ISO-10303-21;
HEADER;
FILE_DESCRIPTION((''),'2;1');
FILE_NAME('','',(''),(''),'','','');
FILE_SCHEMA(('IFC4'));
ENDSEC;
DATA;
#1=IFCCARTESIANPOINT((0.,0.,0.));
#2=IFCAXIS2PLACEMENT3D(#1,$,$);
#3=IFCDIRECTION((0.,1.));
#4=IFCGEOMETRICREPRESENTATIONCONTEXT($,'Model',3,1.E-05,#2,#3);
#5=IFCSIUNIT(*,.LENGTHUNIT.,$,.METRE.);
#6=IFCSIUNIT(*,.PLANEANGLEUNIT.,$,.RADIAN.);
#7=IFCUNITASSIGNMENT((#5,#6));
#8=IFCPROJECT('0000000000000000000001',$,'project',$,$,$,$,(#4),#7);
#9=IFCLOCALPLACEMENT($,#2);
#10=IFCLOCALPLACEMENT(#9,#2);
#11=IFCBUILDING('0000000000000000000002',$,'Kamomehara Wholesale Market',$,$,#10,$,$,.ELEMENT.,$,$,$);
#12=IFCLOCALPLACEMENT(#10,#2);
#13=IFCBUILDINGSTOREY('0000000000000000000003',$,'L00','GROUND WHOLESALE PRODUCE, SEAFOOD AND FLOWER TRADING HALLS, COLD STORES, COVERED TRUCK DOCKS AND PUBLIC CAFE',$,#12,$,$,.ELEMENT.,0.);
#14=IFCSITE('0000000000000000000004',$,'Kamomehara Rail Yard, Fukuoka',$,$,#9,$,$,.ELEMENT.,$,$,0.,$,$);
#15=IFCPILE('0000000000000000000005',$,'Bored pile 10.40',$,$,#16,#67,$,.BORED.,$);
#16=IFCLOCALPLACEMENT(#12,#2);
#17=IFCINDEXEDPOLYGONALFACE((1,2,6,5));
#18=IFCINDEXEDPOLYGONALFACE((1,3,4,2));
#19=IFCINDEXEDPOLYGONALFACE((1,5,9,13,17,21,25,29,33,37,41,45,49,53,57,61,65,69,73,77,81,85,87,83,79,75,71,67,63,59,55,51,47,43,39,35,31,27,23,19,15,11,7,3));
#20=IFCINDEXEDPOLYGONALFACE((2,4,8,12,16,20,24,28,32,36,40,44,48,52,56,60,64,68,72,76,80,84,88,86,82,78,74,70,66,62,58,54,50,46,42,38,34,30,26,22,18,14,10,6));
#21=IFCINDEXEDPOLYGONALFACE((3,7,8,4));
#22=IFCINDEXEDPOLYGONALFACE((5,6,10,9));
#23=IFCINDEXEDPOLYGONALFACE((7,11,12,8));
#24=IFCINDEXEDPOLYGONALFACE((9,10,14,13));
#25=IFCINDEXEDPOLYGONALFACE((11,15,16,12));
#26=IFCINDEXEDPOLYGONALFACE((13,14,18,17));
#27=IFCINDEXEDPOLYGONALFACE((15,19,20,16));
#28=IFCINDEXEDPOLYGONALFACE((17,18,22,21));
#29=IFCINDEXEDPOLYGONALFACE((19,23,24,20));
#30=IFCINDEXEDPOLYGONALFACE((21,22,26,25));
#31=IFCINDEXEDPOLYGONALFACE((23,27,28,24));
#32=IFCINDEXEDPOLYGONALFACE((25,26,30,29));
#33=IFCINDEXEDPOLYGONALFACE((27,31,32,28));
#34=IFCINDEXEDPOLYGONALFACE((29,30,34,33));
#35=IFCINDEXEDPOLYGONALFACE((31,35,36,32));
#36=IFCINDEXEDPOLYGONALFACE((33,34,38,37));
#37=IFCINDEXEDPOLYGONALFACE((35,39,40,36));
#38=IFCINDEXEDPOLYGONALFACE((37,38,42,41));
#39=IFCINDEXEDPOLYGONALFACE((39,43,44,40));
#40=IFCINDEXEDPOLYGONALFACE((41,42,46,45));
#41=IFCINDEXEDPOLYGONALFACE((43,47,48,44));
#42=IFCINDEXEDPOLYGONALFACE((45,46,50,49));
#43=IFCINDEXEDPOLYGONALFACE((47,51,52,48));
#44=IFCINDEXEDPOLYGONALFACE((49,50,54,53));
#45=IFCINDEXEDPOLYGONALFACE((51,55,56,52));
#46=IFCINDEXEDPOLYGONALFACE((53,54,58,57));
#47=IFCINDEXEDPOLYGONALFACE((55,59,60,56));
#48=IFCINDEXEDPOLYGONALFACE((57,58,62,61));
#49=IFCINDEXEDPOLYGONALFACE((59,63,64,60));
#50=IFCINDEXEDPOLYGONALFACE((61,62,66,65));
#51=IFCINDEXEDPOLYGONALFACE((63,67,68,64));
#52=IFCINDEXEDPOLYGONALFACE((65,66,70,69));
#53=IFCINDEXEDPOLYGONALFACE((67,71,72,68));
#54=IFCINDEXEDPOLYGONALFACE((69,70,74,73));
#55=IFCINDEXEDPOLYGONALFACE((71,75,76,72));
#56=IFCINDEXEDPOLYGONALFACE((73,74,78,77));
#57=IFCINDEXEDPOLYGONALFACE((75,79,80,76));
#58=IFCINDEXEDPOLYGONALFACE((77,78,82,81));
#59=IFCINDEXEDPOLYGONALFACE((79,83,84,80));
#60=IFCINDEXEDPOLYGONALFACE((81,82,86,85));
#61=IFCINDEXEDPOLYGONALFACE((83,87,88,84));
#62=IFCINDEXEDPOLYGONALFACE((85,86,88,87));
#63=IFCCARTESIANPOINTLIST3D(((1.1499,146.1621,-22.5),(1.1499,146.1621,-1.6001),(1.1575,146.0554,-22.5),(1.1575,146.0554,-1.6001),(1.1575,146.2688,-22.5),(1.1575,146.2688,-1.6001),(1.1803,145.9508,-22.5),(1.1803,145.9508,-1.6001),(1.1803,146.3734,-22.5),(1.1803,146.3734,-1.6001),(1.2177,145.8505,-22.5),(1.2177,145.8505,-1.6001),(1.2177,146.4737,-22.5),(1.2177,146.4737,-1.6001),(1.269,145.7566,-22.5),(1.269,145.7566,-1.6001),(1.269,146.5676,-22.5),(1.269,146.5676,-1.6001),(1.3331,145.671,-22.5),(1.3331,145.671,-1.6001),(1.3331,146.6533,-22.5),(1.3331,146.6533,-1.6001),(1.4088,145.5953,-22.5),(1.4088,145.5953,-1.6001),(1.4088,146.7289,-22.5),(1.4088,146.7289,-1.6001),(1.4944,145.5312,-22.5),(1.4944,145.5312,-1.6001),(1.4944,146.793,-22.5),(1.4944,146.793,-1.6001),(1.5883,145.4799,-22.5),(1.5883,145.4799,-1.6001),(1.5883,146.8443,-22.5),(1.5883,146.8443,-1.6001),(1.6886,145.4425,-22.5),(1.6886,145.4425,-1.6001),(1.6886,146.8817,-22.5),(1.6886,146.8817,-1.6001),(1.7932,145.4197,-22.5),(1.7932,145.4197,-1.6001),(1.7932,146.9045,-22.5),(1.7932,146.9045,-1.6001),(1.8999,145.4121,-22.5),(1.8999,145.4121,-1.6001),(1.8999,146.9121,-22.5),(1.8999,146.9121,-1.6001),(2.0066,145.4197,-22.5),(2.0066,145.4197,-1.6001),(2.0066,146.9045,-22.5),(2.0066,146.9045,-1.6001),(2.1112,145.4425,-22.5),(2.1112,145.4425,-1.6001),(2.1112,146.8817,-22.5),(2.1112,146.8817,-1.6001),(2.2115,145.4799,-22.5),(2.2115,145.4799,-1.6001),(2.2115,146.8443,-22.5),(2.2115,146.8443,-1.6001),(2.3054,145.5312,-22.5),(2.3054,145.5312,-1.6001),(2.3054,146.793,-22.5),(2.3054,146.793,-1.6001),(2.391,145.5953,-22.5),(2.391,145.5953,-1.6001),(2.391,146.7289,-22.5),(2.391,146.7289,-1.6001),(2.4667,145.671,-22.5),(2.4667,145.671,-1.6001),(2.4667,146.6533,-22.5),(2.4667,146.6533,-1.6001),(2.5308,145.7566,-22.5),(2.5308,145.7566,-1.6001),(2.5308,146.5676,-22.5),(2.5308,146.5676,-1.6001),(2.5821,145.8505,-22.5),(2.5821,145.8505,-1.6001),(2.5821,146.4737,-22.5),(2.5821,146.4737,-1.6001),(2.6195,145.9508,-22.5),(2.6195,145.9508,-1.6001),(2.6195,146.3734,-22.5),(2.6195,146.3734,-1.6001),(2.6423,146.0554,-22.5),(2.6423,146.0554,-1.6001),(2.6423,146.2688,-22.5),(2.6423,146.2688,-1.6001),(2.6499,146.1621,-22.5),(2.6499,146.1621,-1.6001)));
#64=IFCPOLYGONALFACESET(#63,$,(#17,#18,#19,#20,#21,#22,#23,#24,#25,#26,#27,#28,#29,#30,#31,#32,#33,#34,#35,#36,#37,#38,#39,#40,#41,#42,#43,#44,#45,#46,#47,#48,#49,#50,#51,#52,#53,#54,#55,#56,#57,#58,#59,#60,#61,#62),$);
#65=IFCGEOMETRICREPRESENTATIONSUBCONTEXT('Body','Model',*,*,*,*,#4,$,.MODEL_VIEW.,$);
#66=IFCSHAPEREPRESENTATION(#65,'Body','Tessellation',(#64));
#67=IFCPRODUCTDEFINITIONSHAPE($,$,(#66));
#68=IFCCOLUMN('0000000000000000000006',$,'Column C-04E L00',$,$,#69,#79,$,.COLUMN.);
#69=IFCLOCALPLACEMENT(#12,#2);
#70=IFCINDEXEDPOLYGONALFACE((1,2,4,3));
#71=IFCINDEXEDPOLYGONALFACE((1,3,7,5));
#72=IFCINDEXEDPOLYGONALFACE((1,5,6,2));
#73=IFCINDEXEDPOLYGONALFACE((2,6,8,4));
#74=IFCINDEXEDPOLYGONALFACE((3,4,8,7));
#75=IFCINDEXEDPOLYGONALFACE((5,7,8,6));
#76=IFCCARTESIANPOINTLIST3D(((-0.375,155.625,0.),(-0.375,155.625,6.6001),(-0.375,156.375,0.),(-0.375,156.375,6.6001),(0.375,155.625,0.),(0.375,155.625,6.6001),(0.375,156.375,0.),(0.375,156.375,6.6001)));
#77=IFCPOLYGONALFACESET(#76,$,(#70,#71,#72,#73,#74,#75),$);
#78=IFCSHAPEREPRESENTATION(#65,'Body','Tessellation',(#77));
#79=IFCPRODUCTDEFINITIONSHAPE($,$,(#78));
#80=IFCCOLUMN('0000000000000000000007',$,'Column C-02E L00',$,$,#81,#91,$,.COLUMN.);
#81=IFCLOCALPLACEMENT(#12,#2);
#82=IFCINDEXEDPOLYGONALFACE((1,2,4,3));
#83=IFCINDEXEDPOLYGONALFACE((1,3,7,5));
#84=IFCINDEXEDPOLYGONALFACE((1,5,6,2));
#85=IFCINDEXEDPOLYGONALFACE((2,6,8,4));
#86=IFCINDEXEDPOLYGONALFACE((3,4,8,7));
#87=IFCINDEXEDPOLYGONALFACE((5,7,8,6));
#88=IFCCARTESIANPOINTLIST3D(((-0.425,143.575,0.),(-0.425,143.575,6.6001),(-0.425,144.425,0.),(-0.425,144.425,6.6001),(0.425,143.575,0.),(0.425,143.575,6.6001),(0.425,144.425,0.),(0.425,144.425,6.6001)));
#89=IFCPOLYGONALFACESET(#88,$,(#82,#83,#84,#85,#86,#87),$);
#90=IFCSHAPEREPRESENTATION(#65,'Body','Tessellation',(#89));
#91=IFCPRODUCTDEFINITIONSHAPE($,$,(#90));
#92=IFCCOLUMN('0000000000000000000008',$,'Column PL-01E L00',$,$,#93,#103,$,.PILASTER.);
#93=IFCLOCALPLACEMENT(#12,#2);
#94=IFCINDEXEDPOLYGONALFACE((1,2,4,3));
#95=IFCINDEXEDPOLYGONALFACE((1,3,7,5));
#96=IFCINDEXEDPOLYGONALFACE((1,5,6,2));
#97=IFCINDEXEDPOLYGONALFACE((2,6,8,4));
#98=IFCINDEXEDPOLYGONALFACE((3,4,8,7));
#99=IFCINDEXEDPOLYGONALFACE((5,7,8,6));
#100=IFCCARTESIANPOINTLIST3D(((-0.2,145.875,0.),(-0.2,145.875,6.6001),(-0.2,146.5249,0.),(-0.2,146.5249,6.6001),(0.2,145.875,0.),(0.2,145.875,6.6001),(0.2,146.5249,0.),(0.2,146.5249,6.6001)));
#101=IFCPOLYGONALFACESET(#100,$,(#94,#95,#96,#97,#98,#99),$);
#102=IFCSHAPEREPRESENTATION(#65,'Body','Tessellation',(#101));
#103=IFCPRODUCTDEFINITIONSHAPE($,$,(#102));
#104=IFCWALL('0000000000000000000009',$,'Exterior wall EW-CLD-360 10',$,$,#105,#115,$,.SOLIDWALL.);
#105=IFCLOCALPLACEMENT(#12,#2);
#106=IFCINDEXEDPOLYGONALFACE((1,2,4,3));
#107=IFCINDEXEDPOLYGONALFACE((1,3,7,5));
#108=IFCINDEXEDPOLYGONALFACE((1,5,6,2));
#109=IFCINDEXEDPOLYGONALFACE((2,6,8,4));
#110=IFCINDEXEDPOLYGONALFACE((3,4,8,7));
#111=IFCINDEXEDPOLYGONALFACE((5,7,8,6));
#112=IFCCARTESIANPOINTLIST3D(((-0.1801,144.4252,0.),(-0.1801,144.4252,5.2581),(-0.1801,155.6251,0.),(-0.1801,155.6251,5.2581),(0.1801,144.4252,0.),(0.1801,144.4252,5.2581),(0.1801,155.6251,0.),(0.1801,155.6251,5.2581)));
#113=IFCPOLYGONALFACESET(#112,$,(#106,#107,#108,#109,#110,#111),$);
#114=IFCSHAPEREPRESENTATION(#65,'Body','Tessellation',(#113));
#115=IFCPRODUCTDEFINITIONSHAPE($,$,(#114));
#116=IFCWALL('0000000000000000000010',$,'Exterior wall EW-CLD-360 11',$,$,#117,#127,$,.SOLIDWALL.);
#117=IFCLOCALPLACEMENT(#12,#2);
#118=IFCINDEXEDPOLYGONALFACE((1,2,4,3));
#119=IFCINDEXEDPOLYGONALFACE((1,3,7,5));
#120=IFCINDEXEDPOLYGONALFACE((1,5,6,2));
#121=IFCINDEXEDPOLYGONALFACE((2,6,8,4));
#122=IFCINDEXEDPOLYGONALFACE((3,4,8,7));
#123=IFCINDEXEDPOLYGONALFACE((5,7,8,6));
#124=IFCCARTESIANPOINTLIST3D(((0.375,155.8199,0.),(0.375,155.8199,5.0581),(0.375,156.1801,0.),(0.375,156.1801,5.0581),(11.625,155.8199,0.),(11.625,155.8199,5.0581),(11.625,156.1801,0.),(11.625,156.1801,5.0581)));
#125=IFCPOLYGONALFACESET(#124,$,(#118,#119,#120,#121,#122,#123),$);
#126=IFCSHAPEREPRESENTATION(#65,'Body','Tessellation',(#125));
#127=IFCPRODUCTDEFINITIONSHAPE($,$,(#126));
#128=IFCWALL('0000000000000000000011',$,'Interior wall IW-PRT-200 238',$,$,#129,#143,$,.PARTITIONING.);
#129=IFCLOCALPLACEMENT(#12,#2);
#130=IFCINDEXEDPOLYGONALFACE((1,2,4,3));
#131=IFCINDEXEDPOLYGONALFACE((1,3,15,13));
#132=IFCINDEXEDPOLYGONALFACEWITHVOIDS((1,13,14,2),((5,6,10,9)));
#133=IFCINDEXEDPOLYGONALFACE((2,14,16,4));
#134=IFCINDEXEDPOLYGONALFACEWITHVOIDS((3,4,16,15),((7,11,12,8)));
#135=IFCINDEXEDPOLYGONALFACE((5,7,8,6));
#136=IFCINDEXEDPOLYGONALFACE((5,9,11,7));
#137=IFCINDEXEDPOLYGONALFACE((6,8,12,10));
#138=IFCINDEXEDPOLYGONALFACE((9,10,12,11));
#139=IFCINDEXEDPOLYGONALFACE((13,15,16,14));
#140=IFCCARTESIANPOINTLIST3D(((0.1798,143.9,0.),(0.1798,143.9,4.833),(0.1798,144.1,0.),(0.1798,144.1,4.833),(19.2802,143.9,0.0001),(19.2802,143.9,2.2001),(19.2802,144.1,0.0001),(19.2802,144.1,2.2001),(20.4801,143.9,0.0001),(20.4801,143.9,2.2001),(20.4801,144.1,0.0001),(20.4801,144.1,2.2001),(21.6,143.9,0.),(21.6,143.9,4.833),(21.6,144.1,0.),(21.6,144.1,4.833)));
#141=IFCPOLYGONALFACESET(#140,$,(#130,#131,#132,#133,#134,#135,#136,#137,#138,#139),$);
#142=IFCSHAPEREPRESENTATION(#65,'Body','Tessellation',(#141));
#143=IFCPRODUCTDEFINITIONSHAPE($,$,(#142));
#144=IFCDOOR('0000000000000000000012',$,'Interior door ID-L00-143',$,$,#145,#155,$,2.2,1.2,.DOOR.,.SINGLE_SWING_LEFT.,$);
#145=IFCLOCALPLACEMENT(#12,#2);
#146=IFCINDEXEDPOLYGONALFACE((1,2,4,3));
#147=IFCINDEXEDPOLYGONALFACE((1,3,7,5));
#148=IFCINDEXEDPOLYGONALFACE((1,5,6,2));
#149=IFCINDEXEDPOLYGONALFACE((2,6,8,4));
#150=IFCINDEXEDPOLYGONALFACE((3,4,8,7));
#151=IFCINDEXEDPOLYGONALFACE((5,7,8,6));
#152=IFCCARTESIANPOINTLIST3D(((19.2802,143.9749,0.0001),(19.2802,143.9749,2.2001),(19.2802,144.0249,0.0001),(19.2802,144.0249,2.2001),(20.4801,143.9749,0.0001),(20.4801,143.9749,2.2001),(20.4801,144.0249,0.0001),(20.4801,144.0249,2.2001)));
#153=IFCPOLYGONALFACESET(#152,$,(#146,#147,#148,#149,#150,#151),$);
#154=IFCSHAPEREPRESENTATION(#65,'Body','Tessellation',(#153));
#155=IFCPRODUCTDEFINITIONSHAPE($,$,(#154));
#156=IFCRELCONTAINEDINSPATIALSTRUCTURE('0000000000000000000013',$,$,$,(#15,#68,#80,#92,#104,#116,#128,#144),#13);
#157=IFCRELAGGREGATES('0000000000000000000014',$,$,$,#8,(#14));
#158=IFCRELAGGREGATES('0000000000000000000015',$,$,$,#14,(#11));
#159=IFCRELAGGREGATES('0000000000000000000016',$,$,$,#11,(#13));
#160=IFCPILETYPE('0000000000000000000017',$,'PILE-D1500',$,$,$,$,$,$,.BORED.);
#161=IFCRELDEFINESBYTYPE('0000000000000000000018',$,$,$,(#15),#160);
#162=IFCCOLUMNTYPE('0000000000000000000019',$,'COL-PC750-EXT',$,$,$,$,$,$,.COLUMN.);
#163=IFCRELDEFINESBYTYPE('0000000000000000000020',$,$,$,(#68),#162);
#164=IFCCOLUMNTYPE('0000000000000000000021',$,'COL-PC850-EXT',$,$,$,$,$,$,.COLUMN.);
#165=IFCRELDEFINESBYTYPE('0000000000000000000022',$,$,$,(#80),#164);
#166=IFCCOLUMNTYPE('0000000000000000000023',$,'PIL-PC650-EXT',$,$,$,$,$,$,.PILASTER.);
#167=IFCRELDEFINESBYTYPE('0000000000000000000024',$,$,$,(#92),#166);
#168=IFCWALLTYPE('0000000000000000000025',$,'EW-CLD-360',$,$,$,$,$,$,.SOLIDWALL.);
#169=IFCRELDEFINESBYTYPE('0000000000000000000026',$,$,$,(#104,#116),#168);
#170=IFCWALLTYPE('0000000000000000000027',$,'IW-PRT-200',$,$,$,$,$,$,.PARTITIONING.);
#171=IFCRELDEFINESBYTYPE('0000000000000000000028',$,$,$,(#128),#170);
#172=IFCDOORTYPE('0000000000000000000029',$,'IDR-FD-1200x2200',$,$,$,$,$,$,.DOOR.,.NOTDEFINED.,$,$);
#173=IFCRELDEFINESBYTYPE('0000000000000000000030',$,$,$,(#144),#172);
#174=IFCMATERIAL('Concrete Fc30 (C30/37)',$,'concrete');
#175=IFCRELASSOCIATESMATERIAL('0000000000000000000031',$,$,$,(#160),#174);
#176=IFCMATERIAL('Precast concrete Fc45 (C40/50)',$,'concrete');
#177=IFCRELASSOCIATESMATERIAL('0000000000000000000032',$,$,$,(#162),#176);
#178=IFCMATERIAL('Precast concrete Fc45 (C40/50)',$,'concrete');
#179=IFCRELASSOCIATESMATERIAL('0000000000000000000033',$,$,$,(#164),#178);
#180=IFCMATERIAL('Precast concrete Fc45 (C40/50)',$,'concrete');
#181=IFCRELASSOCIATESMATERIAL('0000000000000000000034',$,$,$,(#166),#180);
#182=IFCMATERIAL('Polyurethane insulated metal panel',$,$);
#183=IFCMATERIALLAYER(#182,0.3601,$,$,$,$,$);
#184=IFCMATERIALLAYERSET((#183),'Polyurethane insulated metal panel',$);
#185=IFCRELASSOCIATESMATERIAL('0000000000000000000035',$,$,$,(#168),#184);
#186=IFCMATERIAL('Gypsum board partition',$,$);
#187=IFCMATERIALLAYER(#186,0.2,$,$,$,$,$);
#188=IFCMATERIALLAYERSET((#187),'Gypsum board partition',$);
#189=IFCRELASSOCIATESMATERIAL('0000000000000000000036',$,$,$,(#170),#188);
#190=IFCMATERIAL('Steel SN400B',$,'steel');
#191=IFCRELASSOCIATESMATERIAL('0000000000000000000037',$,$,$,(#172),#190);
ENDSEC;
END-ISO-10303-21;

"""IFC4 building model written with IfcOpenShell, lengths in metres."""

from ifc_helpers import new_model, si_unit, direction, frame, frame_2d, origin, origin_2d, place, context, subcontext, project, spatial, rectangle, circle, extrude, material, layer, layer_set, material_profile, profile_set, type_object, element, fill, save


model = new_model("IFC4")

# Units and contexts
model_context = context("Model", 3, precision=1e-05, world=origin(), true_north=direction((0.0, 1.0)))
body_context = subcontext(model_context, "Body", "Model", "MODEL_VIEW")
ifc_project = project(units=[si_unit("LENGTHUNIT", "METRE"), si_unit("PLANEANGLEUNIT", "RADIAN")], contexts=[model_context])

# Site, building, storey
site_placement = place(None, origin())
site = spatial("IfcSite", under=ifc_project, at=site_placement, Name="Kamomehara Rail Yard, Fukuoka", CompositionType="ELEMENT", RefElevation=0.0)
building_placement = place(site_placement, origin())
building = spatial("IfcBuilding", under=site, at=building_placement, Name="Kamomehara Wholesale Market", CompositionType="ELEMENT")
storey_placement = place(building_placement, origin())
storey = spatial("IfcBuildingStorey", under=building, at=storey_placement, Name="L00", Description="GROUND WHOLESALE PRODUCE, SEAFOOD AND FLOWER TRADING HALLS, COLD STORES, COVERED TRUCK DOCKS AND PUBLIC CAFE", CompositionType="ELEMENT", Elevation=0.0)

# Pile
ifc_material_1 = material(Name="Concrete Fc30 (C30/37)", Category="concrete")
ifc_material_profile_1 = material_profile(ifc_material_1, circle(Radius=0.75, at=origin_2d()), Name="RC-PILE-D1500")
ifc_profile_set_1 = profile_set([ifc_material_profile_1], Name="Concrete Fc30 (C30/37)")
pile_type_1 = type_object("IfcPileType", Name="PILE-D1500", PredefinedType="BORED", material=ifc_profile_set_1)
for number, where, z_axis, x_axis, name in (
    (1, (1.8999, 146.1621, -1.6001), (0.0, 0.0, -1.0), (1.0, 0.0, 0.0), "Bored pile 10.40"),
):
    element("IfcPile", number, at=place(storey_placement, frame(where, z_axis=z_axis, x_axis=x_axis)), inside=storey, type_object=pile_type_1, Name=name, PredefinedType="BORED", context=body_context, shape_type="SweptSolid", body=[
        extrude(circle(Radius=0.75, at=origin_2d()), origin(), (0.0, 0.0, 1.0), 20.8999),
    ])

# Columns
ifc_material_2 = material(Name="Precast concrete Fc45 (C40/50)", Category="concrete")
ifc_material_profile_2 = material_profile(ifc_material_2, rectangle(XDim=0.75, YDim=0.75, at=origin_2d()), Name="PC-COL-750x750")
ifc_profile_set_2 = profile_set([ifc_material_profile_2], Name="Precast concrete Fc45 (C40/50)")
column_type_1 = type_object("IfcColumnType", Name="COL-PC750-EXT", PredefinedType="COLUMN", material=ifc_profile_set_2)
column_1_placement = place(storey_placement, frame((0.0, 156.0, 0.0), z_axis=(0.0, 0.0, 1.0), x_axis=(1.0, 0.0, 0.0)))
element("IfcColumn", 2, at=column_1_placement, inside=storey, type_object=column_type_1, Name="Column C-04E L00", PredefinedType="COLUMN", context=body_context, shape_type="SweptSolid", body=[
    extrude(rectangle(XDim=0.75, YDim=0.75, at=origin_2d()), origin(), (0.0, 0.0, 1.0), 6.6001),
])
ifc_material_3 = material(Name="Precast concrete Fc45 (C40/50)", Category="concrete")
ifc_material_profile_3 = material_profile(ifc_material_3, rectangle(XDim=0.8501, YDim=0.8501, at=origin_2d()), Name="PC-COL-850x850")
ifc_profile_set_3 = profile_set([ifc_material_profile_3], Name="Precast concrete Fc45 (C40/50)")
column_type_2 = type_object("IfcColumnType", Name="COL-PC850-EXT", PredefinedType="COLUMN", material=ifc_profile_set_3)
column_2_placement = place(storey_placement, frame((0.0, 144.0, 0.0), z_axis=(0.0, 0.0, 1.0), x_axis=(1.0, 0.0, 0.0)))
element("IfcColumn", 3, at=column_2_placement, inside=storey, type_object=column_type_2, Name="Column C-02E L00", PredefinedType="COLUMN", context=body_context, shape_type="SweptSolid", body=[
    extrude(rectangle(XDim=0.8501, YDim=0.8501, at=origin_2d()), origin(), (0.0, 0.0, 1.0), 6.6001),
])
ifc_material_4 = material(Name="Precast concrete Fc45 (C40/50)", Category="concrete")
ifc_material_profile_4 = material_profile(ifc_material_4, rectangle(XDim=0.3999, YDim=0.6499, at=origin_2d()), Name="PC-PIL-400x650")
ifc_profile_set_4 = profile_set([ifc_material_profile_4], Name="Precast concrete Fc45 (C40/50)")
column_type_3 = type_object("IfcColumnType", Name="PIL-PC650-EXT", PredefinedType="PILASTER", material=ifc_profile_set_4)
column_3_placement = place(storey_placement, frame((0.0, 146.2, 0.0), z_axis=(0.0, 0.0, 1.0), x_axis=(1.0, 0.0, 0.0)))
element("IfcColumn", 4, at=column_3_placement, inside=storey, type_object=column_type_3, Name="Column PL-01E L00", PredefinedType="PILASTER", context=body_context, shape_type="SweptSolid", body=[
    extrude(rectangle(XDim=0.3999, YDim=0.6499, at=origin_2d()), origin(), (0.0, 0.0, 1.0), 6.6001),
])

# Walls
ifc_material_5 = material(Name="Polyurethane insulated metal panel")
ifc_layer_1 = layer(ifc_material_5, 0.3601)
ifc_layer_set_1 = layer_set([ifc_layer_1], Name="Polyurethane insulated metal panel")
wall_type_1 = type_object("IfcWallType", Name="EW-CLD-360", PredefinedType="SOLIDWALL", material=ifc_layer_set_1)
wall_1_placement = place(storey_placement, frame((0.0, 144.425, 0.0), z_axis=(0.0, 0.0, 1.0), x_axis=(0.0, 1.0, 0.0)))
element("IfcWall", 5, at=wall_1_placement, inside=storey, type_object=wall_type_1, Name="Exterior wall EW-CLD-360 10", PredefinedType="SOLIDWALL", context=body_context, shape_type="SweptSolid", body=[
    extrude(rectangle(XDim=11.2, YDim=0.3601, at=frame_2d((5.6001, 0.0))), origin(), (0.0, 0.0, 1.0), 5.2581),
])
wall_2_placement = place(storey_placement, frame((0.375, 156.0, 0.0), z_axis=(0.0, 0.0, 1.0), x_axis=(1.0, 0.0, 0.0)))
element("IfcWall", 6, at=wall_2_placement, inside=storey, type_object=wall_type_1, Name="Exterior wall EW-CLD-360 11", PredefinedType="SOLIDWALL", context=body_context, shape_type="SweptSolid", body=[
    extrude(rectangle(XDim=11.25, YDim=0.3601, at=frame_2d((5.625, 0.0))), origin(), (0.0, 0.0, 1.0), 5.0581),
])

# Wall, opening, door
ifc_material_6 = material(Name="Gypsum board partition")
ifc_layer_2 = layer(ifc_material_6, 0.2)
ifc_layer_set_2 = layer_set([ifc_layer_2], Name="Gypsum board partition")
wall_type_2 = type_object("IfcWallType", Name="IW-PRT-200", PredefinedType="PARTITIONING", material=ifc_layer_set_2)
wall_3_placement = place(storey_placement, frame((0.1799, 144.0, 0.0), z_axis=(0.0, 0.0, 1.0), x_axis=(1.0, 0.0, 0.0)))
wall_3 = element("IfcWall", 7, at=wall_3_placement, inside=storey, type_object=wall_type_2, Name="Interior wall IW-PRT-200 238", PredefinedType="PARTITIONING", context=body_context, shape_type="SweptSolid", body=[
    extrude(rectangle(XDim=21.4202, YDim=0.2, at=frame_2d((10.71, 0.0))), origin(), (0.0, 0.0, 1.0), 4.833),
])
opening_placement = place(wall_3_placement, frame((19.1001, 0.0, 0.0)))
opening = element("IfcOpeningElement", 8, at=opening_placement, cuts=wall_3, PredefinedType="OPENING", context=body_context, shape_type="SweptSolid", body=[
    extrude(rectangle(XDim=1.2, YDim=2.2, at=frame_2d((0.6001, 1.1001))), frame((0.0, 0.1147, 0.0), z_axis=(0.0, -1.0, 0.0), x_axis=(1.0, 0.0, 0.0)), (0.0, 0.0, 1.0), 0.2297),
])
ifc_material_7 = material(Name="Steel SN400B", Category="steel")
door_type = type_object("IfcDoorType", Name="IDR-FD-1200x2200", OperationType="NOTDEFINED", PredefinedType="DOOR", material=ifc_material_7)
door_placement = place(opening_placement, origin())
door = element("IfcDoor", 9, at=door_placement, inside=storey, type_object=door_type, Name="Interior door ID-L00-143", OperationType="SINGLE_SWING_LEFT", OverallHeight=2.2, OverallWidth=1.2, PredefinedType="DOOR", context=body_context, shape_type="SweptSolid", body=[
    extrude(rectangle(XDim=1.2, YDim=2.2, at=frame_2d((0.6001, 1.1001))), frame((0.0, 0.0249, 0.0), z_axis=(0.0, -1.0, 0.0), x_axis=(1.0, 0.0, 0.0)), (0.0, 0.0, 1.0), 0.05),
])
fill(opening, door)

save(model, "model.ifc")
